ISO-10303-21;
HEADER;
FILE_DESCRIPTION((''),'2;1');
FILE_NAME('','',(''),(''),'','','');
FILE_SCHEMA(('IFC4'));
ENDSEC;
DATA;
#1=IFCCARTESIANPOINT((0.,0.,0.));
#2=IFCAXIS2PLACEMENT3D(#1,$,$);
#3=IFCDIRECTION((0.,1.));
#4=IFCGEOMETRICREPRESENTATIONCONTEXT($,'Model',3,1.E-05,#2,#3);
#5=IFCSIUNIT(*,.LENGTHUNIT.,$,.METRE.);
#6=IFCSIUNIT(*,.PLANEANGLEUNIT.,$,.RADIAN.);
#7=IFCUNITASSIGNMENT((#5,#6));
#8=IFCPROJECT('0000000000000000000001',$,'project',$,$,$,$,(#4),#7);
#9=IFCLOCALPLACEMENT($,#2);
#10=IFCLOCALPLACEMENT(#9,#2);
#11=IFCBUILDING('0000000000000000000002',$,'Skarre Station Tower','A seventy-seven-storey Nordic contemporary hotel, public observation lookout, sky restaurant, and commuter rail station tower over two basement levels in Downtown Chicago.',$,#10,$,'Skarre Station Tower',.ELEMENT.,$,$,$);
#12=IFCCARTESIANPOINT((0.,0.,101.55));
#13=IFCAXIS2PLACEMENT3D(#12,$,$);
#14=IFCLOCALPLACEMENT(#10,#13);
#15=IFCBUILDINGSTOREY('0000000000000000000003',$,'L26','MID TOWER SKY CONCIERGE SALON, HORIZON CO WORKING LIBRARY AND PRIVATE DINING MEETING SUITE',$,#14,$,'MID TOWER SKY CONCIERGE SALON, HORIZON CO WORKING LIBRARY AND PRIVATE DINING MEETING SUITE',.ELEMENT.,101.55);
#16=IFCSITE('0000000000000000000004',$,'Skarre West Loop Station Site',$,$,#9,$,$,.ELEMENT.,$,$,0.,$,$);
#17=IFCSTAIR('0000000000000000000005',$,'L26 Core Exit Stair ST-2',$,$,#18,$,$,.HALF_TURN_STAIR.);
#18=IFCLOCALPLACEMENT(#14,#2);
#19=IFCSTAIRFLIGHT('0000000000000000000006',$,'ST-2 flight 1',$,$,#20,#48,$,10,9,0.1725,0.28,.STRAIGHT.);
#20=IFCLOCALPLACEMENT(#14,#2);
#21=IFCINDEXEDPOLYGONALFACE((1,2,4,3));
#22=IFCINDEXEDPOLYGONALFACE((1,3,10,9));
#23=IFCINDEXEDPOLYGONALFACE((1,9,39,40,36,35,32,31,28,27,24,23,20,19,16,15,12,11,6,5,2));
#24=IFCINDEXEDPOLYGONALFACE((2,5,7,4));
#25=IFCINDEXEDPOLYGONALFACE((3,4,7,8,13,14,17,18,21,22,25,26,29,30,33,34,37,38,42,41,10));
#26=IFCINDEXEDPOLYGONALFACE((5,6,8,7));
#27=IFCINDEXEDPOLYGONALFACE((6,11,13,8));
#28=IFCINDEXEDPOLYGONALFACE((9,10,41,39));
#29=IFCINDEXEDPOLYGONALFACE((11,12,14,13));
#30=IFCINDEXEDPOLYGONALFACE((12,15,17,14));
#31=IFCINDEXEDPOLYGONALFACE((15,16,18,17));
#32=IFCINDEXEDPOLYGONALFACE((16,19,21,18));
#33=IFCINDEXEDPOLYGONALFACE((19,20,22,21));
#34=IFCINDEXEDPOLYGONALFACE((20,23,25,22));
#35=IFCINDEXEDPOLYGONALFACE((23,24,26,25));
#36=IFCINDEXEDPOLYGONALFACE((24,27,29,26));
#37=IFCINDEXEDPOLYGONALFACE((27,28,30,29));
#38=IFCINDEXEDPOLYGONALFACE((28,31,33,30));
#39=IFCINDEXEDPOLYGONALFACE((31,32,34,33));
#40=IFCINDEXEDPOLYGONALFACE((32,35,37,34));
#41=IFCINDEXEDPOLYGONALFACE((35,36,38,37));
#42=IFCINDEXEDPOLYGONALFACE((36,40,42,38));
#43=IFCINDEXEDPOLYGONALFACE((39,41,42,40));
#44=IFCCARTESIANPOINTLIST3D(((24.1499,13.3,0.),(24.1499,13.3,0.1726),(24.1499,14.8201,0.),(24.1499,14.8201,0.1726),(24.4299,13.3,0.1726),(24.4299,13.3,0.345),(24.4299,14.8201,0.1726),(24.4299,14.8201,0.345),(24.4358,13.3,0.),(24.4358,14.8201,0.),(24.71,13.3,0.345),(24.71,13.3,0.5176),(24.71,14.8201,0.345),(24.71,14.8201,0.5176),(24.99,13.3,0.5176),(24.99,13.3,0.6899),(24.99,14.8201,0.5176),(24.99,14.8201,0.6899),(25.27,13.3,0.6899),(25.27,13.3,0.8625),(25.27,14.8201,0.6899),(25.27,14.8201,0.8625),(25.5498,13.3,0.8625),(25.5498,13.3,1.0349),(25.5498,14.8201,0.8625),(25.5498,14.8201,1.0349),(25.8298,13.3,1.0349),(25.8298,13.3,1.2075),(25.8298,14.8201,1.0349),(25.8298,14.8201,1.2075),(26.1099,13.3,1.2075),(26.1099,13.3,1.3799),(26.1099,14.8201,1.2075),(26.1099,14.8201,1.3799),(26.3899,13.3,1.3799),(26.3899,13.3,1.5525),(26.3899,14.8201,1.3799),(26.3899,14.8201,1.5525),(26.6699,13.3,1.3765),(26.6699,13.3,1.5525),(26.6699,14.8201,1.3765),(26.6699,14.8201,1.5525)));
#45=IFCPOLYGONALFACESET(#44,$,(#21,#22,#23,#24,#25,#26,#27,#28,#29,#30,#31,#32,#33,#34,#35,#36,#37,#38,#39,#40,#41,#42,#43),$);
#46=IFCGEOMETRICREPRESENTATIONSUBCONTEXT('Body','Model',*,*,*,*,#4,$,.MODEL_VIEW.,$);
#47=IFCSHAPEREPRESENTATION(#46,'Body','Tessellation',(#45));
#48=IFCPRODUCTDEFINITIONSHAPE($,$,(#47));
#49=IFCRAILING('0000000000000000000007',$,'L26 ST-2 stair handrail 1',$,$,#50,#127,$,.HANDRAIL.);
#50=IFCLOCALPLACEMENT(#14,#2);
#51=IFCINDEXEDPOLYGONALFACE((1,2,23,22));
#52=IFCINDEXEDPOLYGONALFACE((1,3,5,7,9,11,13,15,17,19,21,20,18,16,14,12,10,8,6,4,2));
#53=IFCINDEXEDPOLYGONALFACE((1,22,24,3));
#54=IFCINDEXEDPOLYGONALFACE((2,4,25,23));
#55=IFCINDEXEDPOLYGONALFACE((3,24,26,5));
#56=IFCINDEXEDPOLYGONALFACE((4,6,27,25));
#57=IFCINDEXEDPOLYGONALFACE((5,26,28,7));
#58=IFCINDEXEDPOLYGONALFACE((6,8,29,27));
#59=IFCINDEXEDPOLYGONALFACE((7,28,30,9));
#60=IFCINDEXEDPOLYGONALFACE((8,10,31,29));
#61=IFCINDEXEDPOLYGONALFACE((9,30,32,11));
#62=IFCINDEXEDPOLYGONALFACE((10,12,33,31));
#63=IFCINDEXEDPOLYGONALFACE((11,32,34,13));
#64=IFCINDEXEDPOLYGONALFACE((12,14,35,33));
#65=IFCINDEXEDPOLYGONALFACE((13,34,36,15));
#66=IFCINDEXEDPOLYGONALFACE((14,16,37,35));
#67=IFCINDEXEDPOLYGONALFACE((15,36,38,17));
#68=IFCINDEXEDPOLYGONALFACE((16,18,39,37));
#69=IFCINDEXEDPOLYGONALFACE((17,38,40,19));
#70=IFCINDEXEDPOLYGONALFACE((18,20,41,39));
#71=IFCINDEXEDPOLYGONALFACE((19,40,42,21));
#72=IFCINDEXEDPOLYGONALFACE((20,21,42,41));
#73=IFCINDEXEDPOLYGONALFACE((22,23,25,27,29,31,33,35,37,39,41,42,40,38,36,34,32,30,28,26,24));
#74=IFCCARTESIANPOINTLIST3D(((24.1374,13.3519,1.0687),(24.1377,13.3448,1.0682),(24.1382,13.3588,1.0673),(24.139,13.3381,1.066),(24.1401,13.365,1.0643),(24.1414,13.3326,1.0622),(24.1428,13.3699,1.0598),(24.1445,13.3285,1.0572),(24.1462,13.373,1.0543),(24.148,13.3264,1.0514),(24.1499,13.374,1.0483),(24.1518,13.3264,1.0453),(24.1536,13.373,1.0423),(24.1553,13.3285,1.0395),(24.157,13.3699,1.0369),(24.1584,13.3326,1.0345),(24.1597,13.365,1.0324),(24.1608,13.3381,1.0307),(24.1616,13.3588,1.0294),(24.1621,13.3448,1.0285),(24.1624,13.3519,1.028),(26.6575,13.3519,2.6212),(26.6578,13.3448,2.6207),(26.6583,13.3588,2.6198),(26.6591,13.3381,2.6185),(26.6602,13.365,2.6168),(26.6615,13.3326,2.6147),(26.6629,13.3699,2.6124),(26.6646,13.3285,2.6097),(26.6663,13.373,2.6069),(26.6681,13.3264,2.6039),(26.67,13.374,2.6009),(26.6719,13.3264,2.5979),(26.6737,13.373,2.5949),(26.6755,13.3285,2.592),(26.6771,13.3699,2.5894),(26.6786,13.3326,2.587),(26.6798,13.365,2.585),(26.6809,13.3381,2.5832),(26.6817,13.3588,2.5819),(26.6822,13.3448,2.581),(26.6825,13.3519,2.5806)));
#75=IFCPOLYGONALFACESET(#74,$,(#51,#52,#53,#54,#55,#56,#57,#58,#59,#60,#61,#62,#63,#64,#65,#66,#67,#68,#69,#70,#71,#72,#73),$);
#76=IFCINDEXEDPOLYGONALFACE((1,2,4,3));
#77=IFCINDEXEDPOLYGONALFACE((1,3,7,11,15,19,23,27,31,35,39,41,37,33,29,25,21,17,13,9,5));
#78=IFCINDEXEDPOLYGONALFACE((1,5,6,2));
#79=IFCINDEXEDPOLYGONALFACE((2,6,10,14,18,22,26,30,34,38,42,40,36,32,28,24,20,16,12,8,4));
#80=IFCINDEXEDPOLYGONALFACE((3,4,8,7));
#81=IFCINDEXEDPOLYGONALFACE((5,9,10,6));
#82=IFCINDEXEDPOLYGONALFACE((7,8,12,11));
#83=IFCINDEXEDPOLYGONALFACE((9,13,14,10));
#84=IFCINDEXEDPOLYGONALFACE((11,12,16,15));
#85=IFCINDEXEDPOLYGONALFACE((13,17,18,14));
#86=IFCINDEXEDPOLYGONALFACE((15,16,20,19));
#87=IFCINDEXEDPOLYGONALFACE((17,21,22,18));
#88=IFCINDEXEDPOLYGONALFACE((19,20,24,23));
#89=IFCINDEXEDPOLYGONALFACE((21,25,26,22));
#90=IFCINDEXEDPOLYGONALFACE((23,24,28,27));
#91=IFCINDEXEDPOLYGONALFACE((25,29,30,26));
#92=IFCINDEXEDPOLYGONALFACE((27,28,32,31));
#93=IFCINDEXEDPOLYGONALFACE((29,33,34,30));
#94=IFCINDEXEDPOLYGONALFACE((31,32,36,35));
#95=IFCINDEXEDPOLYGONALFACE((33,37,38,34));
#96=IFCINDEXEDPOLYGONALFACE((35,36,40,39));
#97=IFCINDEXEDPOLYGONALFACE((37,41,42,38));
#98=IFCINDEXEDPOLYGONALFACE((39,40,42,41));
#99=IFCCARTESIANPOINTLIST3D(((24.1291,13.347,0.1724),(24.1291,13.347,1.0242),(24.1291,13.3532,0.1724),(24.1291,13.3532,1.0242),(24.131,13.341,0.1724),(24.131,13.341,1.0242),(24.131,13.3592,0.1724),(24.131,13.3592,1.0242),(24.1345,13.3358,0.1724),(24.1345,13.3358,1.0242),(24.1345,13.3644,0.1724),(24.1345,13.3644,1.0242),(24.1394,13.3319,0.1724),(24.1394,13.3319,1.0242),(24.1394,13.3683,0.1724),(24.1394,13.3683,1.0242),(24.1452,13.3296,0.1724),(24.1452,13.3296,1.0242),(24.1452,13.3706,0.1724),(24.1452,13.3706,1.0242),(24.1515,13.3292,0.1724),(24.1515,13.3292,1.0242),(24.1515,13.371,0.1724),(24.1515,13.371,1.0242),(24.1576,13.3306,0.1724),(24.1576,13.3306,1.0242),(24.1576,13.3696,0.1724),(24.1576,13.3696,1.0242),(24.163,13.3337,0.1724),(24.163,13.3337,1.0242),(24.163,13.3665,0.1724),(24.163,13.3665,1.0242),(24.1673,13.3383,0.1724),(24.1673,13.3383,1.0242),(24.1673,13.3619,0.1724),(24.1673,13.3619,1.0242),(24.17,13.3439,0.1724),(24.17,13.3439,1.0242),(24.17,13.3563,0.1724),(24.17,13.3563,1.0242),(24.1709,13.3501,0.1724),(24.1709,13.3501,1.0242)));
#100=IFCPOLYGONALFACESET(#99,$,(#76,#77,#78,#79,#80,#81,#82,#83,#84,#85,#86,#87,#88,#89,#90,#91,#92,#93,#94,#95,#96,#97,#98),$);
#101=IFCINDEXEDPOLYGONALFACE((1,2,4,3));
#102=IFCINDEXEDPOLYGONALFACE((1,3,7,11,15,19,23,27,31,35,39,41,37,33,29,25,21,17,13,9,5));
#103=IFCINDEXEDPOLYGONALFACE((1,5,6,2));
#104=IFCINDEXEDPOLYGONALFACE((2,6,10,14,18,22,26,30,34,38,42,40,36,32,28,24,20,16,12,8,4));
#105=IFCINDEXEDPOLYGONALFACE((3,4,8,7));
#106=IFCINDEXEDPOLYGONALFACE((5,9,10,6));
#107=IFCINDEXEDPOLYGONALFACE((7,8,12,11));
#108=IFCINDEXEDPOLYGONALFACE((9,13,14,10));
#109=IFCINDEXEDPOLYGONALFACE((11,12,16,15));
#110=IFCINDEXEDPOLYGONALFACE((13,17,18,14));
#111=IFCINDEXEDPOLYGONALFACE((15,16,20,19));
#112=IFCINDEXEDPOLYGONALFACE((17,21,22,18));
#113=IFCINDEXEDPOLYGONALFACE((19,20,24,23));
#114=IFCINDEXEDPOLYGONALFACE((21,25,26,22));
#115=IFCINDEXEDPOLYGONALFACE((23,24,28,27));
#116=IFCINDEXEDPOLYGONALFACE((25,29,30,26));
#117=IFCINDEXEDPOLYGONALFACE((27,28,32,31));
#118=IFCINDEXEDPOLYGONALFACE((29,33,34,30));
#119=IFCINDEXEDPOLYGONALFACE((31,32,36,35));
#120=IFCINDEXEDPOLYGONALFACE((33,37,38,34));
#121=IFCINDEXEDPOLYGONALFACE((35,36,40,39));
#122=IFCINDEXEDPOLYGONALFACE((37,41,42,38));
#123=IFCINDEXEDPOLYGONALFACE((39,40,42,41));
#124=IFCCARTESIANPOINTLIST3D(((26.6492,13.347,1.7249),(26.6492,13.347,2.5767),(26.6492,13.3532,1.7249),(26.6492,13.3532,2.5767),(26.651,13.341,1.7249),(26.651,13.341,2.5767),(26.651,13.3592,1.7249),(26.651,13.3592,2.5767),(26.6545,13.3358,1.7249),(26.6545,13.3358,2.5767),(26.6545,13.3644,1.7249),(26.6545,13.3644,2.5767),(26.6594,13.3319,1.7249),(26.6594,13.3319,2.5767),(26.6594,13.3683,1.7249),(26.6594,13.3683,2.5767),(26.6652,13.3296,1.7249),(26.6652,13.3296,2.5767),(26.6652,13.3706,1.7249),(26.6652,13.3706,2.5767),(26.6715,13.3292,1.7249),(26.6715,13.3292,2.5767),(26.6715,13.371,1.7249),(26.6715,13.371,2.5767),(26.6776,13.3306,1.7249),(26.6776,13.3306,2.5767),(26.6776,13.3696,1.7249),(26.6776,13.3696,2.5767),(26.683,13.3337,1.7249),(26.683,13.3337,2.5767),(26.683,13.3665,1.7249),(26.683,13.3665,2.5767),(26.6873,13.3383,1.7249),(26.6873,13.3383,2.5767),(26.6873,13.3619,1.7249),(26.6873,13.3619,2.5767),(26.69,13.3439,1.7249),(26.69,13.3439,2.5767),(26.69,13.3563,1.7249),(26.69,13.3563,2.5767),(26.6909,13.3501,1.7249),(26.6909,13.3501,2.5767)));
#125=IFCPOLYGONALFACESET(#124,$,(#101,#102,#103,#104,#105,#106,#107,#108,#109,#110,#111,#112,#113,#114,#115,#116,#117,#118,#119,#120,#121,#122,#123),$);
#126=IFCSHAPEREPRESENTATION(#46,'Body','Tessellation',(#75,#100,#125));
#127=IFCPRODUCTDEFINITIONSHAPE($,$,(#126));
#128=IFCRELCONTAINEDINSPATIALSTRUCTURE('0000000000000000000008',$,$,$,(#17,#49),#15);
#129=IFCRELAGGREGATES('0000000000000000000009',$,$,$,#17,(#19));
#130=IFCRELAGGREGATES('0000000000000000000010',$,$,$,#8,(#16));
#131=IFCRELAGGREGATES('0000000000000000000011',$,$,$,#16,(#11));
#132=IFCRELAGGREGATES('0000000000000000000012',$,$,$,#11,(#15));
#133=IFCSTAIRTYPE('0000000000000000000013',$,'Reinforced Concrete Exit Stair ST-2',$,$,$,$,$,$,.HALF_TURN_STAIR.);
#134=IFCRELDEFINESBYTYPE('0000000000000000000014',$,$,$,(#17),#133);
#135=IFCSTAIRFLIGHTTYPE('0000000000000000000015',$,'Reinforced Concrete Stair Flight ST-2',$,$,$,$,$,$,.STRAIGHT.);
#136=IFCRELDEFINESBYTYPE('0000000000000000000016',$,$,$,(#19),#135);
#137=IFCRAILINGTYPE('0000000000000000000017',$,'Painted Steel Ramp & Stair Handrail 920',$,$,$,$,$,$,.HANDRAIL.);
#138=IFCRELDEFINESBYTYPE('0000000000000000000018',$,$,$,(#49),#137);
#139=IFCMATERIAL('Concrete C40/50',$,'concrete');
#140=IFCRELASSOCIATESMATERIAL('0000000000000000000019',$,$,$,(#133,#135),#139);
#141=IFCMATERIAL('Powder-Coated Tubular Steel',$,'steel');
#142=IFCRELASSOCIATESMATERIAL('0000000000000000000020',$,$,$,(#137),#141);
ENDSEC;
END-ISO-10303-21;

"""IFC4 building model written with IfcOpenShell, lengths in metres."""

from ifc_helpers import new_model, si_unit, direction, frame, origin, origin_2d, place, context, subcontext, project, spatial, polyline, circle, outline, extrude, material, type_object, element, aggregate, save


model = new_model("IFC4")

# Units and contexts
model_context = context("Model", 3, precision=1e-05, world=origin(), true_north=direction((0.0, 1.0)))
body_context = subcontext(model_context, "Body", "Model", "MODEL_VIEW")
ifc_project = project(units=[si_unit("LENGTHUNIT", "METRE"), si_unit("PLANEANGLEUNIT", "RADIAN")], contexts=[model_context])

# Site, building, storey
site_placement = place(None, origin())
site = spatial("IfcSite", under=ifc_project, at=site_placement, Name="Skarre West Loop Station Site", CompositionType="ELEMENT", RefElevation=0.0)
building_placement = place(site_placement, origin())
building = spatial("IfcBuilding", under=site, at=building_placement, Name="Skarre Station Tower", Description="A seventy-seven-storey Nordic contemporary hotel, public observation lookout, sky restaurant, and commuter rail station tower over two basement levels in Downtown Chicago.", LongName="Skarre Station Tower", CompositionType="ELEMENT")
storey_placement = place(building_placement, frame((0.0, 0.0, 101.55)))
storey = spatial("IfcBuildingStorey", under=building, at=storey_placement, Name="L26", Description="MID TOWER SKY CONCIERGE SALON, HORIZON CO WORKING LIBRARY AND PRIVATE DINING MEETING SUITE", LongName="MID TOWER SKY CONCIERGE SALON, HORIZON CO WORKING LIBRARY AND PRIVATE DINING MEETING SUITE", CompositionType="ELEMENT", Elevation=101.55)

# Stair, stair flight
ifc_material_1 = material(Name="Concrete C40/50", Category="concrete")
stair_type = type_object("IfcStairType", Name="Reinforced Concrete Exit Stair ST-2", PredefinedType="HALF_TURN_STAIR", material=ifc_material_1)
stair_placement = place(storey_placement, origin())
stair = element("IfcStair", 1, at=stair_placement, inside=storey, type_object=stair_type, Name="L26 Core Exit Stair ST-2", PredefinedType="HALF_TURN_STAIR")
stair_flight_type = type_object("IfcStairFlightType", Name="Reinforced Concrete Stair Flight ST-2", PredefinedType="STRAIGHT", material=ifc_material_1)
stair_flight_placement = place(storey_placement, frame((24.1499, 14.0601, 0.0), z_axis=(0.0, 0.0, 1.0), x_axis=(1.0, 0.0, 0.0)))
stair_flight = element("IfcStairFlight", 2, at=stair_flight_placement, type_object=stair_flight_type, Name="ST-2 flight 1", NumberOfRisers=10, NumberOfTreads=9, PredefinedType="STRAIGHT", RiserHeight=0.1725, TreadLength=0.28, context=body_context, shape_type="SweptSolid", body=[
    extrude(outline(polyline([(0.0, 0.0), (0.0, 0.1726), (0.28, 0.1726), (0.28, 0.345), (0.5601, 0.345), (0.5601, 0.5176), (0.8401, 0.5176), (0.8401, 0.6899), (1.1201, 0.6899), (1.1201, 0.8625), (1.3999, 0.8625), (1.3999, 1.0349), (1.6799, 1.0349), (1.6799, 1.2075), (1.96, 1.2075), (1.96, 1.3799), (2.24, 1.3799), (2.24, 1.5525), (2.52, 1.5525), (2.52, 1.7251), (2.52, 1.3765), (0.2859, 0.0), (0.0, 0.0)])), frame((0.0, 0.76, 0.0), z_axis=(0.0, -1.0, 0.0), x_axis=(1.0, 0.0, 0.0)), (0.0, 0.0, 1.0), 1.52),
])
aggregate(stair, [stair_flight])

# Railing
ifc_material_2 = material(Name="Powder-Coated Tubular Steel", Category="steel")
railing_type_1 = type_object("IfcRailingType", Name="Painted Steel Ramp & Stair Handrail 920", PredefinedType="HANDRAIL", material=ifc_material_2)
railing_1_placement = place(storey_placement, frame((24.1499, 13.3501, 0.1724)))
element("IfcRailing", 3, at=railing_1_placement, inside=storey, type_object=railing_type_1, Name="L26 ST-2 stair handrail 1", PredefinedType="HANDRAIL", context=body_context, shape_type="SweptSolid", body=[
    extrude(circle(Radius=0.0239, at=origin_2d()), frame((0.0, 0.0, 0.876), z_axis=(0.8514, 0.0, 0.524516), x_axis=(0.0, 1.0, 0.0)), (0.0, 0.0, 1.0), 2.96),
    extrude(circle(Radius=0.021, at=origin_2d()), origin(), (0.0, 0.0, 1.0), 0.8518),
    extrude(circle(Radius=0.021, at=origin_2d()), frame((2.52, 0.0, 1.5525)), (0.0, 0.0, 1.0), 0.8518),
])

save(model, "model.ifc")
